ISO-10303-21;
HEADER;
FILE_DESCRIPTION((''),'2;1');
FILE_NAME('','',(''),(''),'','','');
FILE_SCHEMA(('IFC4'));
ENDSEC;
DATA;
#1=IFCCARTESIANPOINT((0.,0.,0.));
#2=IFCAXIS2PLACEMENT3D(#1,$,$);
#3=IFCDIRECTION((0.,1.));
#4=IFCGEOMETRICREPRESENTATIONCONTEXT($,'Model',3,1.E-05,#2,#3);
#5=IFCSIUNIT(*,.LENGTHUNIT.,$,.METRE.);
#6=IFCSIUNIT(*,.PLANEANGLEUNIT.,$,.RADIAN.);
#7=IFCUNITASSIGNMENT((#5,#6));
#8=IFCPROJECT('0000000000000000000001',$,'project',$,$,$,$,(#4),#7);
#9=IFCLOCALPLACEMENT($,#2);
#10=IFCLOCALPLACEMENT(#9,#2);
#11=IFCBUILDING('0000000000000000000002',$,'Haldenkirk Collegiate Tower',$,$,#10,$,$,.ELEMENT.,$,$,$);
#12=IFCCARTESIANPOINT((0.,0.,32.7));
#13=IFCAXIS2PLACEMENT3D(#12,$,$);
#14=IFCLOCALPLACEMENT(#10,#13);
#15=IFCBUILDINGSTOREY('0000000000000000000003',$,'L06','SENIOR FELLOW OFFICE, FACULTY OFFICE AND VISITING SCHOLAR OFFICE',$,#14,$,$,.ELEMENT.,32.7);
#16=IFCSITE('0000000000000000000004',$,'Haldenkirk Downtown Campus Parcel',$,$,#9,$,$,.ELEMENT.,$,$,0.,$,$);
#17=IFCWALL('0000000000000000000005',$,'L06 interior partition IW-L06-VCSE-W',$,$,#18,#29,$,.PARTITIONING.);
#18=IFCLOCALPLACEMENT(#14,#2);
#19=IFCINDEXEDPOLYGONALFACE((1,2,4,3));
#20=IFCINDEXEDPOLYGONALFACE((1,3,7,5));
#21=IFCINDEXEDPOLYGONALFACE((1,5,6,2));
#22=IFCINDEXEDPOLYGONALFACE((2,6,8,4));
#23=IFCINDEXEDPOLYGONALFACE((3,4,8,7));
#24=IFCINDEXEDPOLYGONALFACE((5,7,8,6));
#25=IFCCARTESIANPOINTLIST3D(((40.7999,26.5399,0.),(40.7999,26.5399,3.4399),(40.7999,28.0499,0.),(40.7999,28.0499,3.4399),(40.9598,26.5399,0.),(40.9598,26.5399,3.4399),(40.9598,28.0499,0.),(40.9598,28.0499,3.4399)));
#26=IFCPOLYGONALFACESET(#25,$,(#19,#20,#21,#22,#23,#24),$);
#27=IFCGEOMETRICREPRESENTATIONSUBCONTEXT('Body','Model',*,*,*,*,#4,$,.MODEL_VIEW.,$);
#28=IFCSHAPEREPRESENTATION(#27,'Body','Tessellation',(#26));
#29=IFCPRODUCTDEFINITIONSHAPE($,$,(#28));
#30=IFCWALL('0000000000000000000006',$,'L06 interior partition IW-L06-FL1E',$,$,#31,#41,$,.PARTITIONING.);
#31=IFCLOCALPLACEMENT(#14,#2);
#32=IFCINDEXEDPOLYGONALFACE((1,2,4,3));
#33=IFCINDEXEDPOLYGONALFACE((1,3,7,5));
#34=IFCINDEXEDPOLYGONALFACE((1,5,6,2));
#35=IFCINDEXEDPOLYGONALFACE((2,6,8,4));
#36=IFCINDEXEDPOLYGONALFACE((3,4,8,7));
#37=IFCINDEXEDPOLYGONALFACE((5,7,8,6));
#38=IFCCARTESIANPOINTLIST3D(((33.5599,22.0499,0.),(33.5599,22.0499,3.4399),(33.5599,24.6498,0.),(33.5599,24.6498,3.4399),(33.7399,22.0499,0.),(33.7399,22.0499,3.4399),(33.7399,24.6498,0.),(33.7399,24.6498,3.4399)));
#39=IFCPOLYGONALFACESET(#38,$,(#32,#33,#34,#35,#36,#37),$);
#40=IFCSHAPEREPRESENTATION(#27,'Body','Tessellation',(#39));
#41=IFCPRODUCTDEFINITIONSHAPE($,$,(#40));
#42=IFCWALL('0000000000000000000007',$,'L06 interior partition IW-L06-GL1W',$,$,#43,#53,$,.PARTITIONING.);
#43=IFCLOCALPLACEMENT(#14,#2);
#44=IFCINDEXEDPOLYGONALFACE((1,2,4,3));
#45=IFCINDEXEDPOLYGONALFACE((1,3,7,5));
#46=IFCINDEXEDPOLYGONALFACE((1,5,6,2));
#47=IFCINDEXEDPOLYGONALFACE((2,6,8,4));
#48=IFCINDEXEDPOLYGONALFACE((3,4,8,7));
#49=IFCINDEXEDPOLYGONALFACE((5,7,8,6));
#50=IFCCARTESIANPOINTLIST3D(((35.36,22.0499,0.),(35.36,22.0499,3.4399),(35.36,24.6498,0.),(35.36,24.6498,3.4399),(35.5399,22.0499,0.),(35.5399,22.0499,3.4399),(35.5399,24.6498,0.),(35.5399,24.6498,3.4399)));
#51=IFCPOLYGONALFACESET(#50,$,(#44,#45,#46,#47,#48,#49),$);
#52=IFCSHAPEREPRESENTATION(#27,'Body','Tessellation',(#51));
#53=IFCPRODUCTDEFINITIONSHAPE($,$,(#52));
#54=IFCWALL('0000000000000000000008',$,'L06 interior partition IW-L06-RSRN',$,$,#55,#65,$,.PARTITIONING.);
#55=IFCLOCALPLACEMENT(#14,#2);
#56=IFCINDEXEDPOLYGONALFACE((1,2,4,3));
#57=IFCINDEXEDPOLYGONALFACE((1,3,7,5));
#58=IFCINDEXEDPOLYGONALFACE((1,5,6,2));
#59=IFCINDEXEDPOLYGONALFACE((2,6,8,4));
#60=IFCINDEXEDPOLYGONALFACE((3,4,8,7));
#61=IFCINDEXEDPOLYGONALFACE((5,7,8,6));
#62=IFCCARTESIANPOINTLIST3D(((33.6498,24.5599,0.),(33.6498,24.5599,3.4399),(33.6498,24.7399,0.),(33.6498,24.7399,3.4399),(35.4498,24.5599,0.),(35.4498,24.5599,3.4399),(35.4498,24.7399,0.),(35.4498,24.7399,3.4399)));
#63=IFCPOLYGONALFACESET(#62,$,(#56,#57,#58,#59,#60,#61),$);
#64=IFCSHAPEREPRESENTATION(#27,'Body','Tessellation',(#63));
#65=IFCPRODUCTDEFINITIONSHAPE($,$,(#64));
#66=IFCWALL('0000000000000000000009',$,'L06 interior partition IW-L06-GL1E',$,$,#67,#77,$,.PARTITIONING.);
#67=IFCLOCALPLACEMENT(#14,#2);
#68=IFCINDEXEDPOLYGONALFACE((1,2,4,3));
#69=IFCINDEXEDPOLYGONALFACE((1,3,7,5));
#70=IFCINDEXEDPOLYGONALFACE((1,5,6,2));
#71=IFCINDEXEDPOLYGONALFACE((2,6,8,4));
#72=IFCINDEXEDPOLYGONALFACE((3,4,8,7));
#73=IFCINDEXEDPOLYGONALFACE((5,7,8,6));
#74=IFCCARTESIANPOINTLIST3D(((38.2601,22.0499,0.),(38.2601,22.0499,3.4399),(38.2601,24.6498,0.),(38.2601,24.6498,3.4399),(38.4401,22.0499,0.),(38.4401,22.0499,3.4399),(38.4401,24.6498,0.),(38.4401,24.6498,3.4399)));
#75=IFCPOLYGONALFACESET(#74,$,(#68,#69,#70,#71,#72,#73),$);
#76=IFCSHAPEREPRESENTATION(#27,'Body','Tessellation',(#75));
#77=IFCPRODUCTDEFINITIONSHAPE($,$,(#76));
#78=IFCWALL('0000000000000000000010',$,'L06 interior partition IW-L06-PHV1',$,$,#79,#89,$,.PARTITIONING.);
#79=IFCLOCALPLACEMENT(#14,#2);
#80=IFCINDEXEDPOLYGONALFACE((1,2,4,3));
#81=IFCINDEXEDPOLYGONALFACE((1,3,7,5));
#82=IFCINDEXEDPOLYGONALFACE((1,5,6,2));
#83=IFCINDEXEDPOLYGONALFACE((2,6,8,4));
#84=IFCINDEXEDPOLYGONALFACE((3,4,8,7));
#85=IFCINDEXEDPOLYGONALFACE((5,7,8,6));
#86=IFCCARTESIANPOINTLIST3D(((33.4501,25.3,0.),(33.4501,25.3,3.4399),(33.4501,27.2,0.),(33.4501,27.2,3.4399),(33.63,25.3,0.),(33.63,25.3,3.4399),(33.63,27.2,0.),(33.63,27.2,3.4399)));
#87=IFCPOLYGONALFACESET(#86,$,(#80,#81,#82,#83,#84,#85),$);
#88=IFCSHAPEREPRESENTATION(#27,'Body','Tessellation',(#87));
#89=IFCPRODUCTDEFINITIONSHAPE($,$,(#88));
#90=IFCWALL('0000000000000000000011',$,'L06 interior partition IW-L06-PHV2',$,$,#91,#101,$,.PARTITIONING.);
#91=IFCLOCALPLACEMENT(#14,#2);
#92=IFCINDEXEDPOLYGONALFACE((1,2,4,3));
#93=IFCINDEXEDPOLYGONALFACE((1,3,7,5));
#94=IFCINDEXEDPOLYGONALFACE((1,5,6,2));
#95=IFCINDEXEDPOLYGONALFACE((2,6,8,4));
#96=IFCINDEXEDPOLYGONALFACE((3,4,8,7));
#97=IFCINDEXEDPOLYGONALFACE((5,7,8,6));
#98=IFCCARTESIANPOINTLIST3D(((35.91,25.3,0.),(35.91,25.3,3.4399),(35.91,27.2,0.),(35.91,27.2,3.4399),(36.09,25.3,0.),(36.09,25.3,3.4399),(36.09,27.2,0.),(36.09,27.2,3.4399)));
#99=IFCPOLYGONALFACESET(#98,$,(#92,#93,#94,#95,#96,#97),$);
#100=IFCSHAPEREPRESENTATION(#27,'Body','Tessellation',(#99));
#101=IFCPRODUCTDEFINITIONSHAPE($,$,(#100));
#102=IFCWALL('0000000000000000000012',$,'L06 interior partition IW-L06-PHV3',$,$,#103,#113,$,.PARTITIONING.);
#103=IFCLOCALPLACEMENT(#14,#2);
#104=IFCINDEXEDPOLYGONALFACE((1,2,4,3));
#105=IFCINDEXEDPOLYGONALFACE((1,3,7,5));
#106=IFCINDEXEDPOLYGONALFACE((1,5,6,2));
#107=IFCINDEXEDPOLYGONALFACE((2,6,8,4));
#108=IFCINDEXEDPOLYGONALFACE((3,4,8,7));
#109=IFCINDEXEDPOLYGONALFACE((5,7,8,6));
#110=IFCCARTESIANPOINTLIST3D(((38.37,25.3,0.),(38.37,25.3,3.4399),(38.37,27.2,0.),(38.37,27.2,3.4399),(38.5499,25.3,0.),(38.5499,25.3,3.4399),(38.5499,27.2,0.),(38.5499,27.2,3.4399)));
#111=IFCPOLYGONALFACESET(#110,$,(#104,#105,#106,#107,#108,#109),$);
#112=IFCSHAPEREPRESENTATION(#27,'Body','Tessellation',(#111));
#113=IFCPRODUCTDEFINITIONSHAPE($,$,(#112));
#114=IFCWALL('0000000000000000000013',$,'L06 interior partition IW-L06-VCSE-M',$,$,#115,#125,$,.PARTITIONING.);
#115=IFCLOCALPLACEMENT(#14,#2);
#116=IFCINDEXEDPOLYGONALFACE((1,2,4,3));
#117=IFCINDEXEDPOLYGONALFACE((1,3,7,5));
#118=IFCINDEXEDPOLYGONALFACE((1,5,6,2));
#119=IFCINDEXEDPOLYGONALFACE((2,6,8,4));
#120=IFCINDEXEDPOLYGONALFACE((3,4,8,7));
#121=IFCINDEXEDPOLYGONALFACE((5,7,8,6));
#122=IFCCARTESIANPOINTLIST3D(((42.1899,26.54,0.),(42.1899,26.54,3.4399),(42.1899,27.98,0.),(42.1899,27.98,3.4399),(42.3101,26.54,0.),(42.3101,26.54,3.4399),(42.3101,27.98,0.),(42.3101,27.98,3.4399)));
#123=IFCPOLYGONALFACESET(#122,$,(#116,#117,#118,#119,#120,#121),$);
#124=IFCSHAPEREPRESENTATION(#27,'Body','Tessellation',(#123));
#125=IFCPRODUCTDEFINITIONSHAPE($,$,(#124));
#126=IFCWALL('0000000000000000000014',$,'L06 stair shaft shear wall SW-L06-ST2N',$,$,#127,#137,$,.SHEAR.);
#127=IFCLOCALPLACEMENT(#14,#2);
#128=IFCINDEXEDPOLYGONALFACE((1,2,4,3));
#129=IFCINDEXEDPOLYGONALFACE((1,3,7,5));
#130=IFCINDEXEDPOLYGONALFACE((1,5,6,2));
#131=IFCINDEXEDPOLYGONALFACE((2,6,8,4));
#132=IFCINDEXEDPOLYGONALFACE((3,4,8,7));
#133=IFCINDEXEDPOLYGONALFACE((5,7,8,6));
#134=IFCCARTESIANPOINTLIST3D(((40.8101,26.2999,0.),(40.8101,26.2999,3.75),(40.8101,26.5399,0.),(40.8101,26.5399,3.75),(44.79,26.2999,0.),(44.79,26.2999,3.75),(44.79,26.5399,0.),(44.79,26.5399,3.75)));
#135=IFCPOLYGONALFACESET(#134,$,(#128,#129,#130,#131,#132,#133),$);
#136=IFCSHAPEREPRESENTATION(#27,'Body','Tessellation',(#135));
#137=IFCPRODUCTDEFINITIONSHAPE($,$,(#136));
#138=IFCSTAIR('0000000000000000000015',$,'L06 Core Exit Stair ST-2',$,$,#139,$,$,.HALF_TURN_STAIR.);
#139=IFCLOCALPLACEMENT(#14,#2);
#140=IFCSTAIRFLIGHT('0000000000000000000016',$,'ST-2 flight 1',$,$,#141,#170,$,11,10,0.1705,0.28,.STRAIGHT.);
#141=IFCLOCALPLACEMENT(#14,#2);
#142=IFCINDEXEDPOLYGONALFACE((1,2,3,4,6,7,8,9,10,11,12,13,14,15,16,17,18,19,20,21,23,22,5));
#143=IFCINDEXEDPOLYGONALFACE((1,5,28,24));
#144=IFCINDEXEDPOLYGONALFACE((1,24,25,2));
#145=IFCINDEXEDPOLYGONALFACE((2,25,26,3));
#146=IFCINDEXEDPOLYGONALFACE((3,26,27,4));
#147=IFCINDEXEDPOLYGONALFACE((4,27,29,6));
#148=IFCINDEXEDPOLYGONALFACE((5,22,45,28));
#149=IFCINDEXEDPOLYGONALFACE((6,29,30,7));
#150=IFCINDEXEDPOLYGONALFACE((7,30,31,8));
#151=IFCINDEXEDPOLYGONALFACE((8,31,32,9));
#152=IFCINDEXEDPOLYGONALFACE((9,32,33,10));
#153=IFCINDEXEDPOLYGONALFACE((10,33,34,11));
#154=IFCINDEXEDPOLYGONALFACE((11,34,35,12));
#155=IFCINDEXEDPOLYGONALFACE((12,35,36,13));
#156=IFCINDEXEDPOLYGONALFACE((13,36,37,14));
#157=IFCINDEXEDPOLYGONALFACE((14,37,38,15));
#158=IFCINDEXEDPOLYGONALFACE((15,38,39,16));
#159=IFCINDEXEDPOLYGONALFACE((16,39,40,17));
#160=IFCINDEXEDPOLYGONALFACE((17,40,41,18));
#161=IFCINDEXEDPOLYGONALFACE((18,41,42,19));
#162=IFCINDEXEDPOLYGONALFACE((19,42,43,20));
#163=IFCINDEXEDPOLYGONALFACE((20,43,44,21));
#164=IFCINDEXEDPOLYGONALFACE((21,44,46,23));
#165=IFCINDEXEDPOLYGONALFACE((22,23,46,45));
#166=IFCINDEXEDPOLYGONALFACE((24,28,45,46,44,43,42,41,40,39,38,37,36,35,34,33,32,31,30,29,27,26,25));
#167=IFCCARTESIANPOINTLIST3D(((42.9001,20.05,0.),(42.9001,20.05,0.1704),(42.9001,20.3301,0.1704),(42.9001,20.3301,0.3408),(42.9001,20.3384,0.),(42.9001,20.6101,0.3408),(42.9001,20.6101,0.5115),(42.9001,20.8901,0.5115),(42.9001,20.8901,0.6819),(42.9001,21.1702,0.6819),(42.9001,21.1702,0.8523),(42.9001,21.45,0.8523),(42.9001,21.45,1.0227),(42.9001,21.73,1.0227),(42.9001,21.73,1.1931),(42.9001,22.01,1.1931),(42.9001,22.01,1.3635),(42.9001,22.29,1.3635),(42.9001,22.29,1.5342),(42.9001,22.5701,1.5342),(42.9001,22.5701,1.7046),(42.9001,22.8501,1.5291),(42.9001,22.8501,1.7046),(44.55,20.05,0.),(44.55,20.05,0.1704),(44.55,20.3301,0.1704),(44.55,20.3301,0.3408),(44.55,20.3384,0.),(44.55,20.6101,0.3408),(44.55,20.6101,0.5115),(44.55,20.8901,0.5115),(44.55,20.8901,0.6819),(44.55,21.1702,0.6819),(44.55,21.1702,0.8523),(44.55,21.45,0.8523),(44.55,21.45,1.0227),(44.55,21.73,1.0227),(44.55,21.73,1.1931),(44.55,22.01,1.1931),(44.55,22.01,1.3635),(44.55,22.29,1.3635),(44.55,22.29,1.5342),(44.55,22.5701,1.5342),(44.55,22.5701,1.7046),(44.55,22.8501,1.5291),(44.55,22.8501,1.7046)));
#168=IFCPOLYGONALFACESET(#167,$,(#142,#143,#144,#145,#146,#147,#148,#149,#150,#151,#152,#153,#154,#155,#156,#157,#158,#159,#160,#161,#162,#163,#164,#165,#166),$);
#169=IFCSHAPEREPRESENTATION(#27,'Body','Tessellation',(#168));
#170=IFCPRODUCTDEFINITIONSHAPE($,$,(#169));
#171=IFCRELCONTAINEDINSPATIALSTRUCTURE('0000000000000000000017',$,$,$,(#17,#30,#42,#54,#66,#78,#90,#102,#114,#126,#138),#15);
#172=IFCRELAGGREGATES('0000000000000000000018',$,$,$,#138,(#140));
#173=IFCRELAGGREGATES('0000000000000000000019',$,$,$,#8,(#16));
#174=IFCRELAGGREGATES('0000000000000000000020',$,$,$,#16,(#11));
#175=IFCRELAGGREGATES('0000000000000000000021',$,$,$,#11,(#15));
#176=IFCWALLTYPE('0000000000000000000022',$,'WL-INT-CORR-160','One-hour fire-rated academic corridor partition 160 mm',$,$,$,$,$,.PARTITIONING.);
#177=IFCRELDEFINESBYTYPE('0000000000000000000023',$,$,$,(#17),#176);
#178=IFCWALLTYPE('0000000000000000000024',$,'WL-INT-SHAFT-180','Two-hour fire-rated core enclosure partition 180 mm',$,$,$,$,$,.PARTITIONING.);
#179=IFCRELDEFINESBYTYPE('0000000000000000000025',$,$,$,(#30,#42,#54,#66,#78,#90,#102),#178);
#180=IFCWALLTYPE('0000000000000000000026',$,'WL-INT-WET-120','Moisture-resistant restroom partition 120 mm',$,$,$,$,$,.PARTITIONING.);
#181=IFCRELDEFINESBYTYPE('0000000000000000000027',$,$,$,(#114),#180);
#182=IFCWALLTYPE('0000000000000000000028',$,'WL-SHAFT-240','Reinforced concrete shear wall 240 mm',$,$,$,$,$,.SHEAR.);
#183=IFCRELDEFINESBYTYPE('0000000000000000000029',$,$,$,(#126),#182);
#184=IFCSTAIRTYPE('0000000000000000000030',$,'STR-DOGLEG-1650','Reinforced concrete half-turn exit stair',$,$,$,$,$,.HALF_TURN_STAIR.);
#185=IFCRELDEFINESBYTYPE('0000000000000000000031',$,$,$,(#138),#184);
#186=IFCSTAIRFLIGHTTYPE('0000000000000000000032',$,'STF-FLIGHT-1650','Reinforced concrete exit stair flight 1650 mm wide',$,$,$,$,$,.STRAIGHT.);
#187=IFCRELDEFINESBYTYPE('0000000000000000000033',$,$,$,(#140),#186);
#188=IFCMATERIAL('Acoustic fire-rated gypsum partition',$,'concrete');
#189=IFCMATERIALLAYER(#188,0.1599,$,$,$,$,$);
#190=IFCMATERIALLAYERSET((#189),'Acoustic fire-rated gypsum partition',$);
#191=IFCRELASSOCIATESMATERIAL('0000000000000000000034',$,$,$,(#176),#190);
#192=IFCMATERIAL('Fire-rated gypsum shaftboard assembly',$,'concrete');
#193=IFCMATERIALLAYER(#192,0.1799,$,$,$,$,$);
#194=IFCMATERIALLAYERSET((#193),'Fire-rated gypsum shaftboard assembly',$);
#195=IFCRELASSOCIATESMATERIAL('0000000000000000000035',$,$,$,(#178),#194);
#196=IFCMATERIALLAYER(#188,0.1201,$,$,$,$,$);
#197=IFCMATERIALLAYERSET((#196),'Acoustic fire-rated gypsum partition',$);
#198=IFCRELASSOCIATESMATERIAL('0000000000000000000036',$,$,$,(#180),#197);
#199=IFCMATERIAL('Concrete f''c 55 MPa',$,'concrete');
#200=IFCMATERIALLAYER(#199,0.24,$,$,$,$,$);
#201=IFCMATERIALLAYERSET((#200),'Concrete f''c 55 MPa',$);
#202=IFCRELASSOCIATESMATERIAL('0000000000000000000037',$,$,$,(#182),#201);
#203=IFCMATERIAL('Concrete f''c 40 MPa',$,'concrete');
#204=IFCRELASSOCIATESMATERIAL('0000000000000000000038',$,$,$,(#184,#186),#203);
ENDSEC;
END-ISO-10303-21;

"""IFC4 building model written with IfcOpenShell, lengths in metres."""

from ifc_helpers import new_model, si_unit, direction, frame, frame_2d, origin, place, context, subcontext, project, spatial, polyline, rectangle, outline, extrude, material, layer, layer_set, type_object, element, aggregate, save


model = new_model("IFC4")

# Units and contexts
model_context = context("Model", 3, precision=1e-05, world=origin(), true_north=direction((0.0, 1.0)))
body_context = subcontext(model_context, "Body", "Model", "MODEL_VIEW")
ifc_project = project(units=[si_unit("LENGTHUNIT", "METRE"), si_unit("PLANEANGLEUNIT", "RADIAN")], contexts=[model_context])

# Site, building, storey
site_placement = place(None, origin())
site = spatial("IfcSite", under=ifc_project, at=site_placement, Name="Haldenkirk Downtown Campus Parcel", CompositionType="ELEMENT", RefElevation=0.0)
building_placement = place(site_placement, origin())
building = spatial("IfcBuilding", under=site, at=building_placement, Name="Haldenkirk Collegiate Tower", CompositionType="ELEMENT")
storey_placement = place(building_placement, frame((0.0, 0.0, 32.7)))
storey = spatial("IfcBuildingStorey", under=building, at=storey_placement, Name="L06", Description="SENIOR FELLOW OFFICE, FACULTY OFFICE AND VISITING SCHOLAR OFFICE", CompositionType="ELEMENT", Elevation=32.7)

# Walls
ifc_material_1 = material(Name="Acoustic fire-rated gypsum partition", Category="concrete")
ifc_layer_1 = layer(ifc_material_1, 0.1599)
ifc_layer_set_1 = layer_set([ifc_layer_1], Name="Acoustic fire-rated gypsum partition")
wall_type_1 = type_object("IfcWallType", Name="WL-INT-CORR-160", Description="One-hour fire-rated academic corridor partition 160 mm", PredefinedType="PARTITIONING", material=ifc_layer_set_1)
wall_1_placement = place(storey_placement, frame((40.8799, 26.54, 0.0), z_axis=(0.0, 0.0, 1.0), x_axis=(0.0, 1.0, 0.0)))
element("IfcWall", 1, at=wall_1_placement, inside=storey, type_object=wall_type_1, Name="L06 interior partition IW-L06-VCSE-W", PredefinedType="PARTITIONING", context=body_context, shape_type="SweptSolid", body=[
    extrude(rectangle(XDim=1.51, YDim=0.1599, at=frame_2d((0.7549, 0.0))), origin(), (0.0, 0.0, 1.0), 3.4399),
])
ifc_material_2 = material(Name="Fire-rated gypsum shaftboard assembly", Category="concrete")
ifc_layer_2 = layer(ifc_material_2, 0.1799)
ifc_layer_set_2 = layer_set([ifc_layer_2], Name="Fire-rated gypsum shaftboard assembly")
wall_type_2 = type_object("IfcWallType", Name="WL-INT-SHAFT-180", Description="Two-hour fire-rated core enclosure partition 180 mm", PredefinedType="PARTITIONING", material=ifc_layer_set_2)
for number, where, z_axis, x_axis, name in (
    (2, (33.6499, 22.05, 0.0), (0.0, 0.0, 1.0), (0.0, 1.0, 0.0), "L06 interior partition IW-L06-FL1E"),
    (3, (35.45, 22.05, 0.0), (0.0, 0.0, 1.0), (0.0, 1.0, 0.0), "L06 interior partition IW-L06-GL1W"),
):
    element("IfcWall", number, at=place(storey_placement, frame(where, z_axis=z_axis, x_axis=x_axis)), inside=storey, type_object=wall_type_2, Name=name, PredefinedType="PARTITIONING", context=body_context, shape_type="SweptSolid", body=[
        extrude(rectangle(XDim=2.5999, YDim=0.1799, at=frame_2d((1.2998, 0.0))), origin(), (0.0, 0.0, 1.0), 3.4399),
    ])
wall_2_placement = place(storey_placement, frame((33.6499, 24.6499, 0.0), z_axis=(0.0, 0.0, 1.0), x_axis=(1.0, 0.0, 0.0)))
element("IfcWall", 4, at=wall_2_placement, inside=storey, type_object=wall_type_2, Name="L06 interior partition IW-L06-RSRN", PredefinedType="PARTITIONING", context=body_context, shape_type="SweptSolid", body=[
    extrude(rectangle(XDim=1.8, YDim=0.1799, at=frame_2d((0.8999, 0.0))), origin(), (0.0, 0.0, 1.0), 3.4399),
])
wall_3_placement = place(storey_placement, frame((38.3501, 22.05, 0.0), z_axis=(0.0, 0.0, 1.0), x_axis=(0.0, 1.0, 0.0)))
element("IfcWall", 5, at=wall_3_placement, inside=storey, type_object=wall_type_2, Name="L06 interior partition IW-L06-GL1E", PredefinedType="PARTITIONING", context=body_context, shape_type="SweptSolid", body=[
    extrude(rectangle(XDim=2.5999, YDim=0.1799, at=frame_2d((1.2998, 0.0))), origin(), (0.0, 0.0, 1.0), 3.4399),
])
for number, where, z_axis, x_axis, name in (
    (6, (33.54, 25.3, 0.0), (0.0, 0.0, 1.0), (0.0, 1.0, 0.0), "L06 interior partition IW-L06-PHV1"),
    (7, (36.0, 25.3, 0.0), (0.0, 0.0, 1.0), (0.0, 1.0, 0.0), "L06 interior partition IW-L06-PHV2"),
    (8, (38.46, 25.3, 0.0), (0.0, 0.0, 1.0), (0.0, 1.0, 0.0), "L06 interior partition IW-L06-PHV3"),
):
    element("IfcWall", number, at=place(storey_placement, frame(where, z_axis=z_axis, x_axis=x_axis)), inside=storey, type_object=wall_type_2, Name=name, PredefinedType="PARTITIONING", context=body_context, shape_type="SweptSolid", body=[
        extrude(rectangle(XDim=1.8999, YDim=0.1799, at=frame_2d((0.95, 0.0))), origin(), (0.0, 0.0, 1.0), 3.4399),
    ])

# Walls
ifc_layer_3 = layer(ifc_material_1, 0.1201)
ifc_layer_set_3 = layer_set([ifc_layer_3], Name="Acoustic fire-rated gypsum partition")
wall_type_3 = type_object("IfcWallType", Name="WL-INT-WET-120", Description="Moisture-resistant restroom partition 120 mm", PredefinedType="PARTITIONING", material=ifc_layer_set_3)
wall_4_placement = place(storey_placement, frame((42.25, 26.54, 0.0), z_axis=(0.0, 0.0, 1.0), x_axis=(0.0, 1.0, 0.0)))
element("IfcWall", 9, at=wall_4_placement, inside=storey, type_object=wall_type_3, Name="L06 interior partition IW-L06-VCSE-M", PredefinedType="PARTITIONING", context=body_context, shape_type="SweptSolid", body=[
    extrude(rectangle(XDim=1.4399, YDim=0.1201, at=frame_2d((0.72, 0.0))), origin(), (0.0, 0.0, 1.0), 3.4399),
])
ifc_material_3 = material(Name="Concrete f'c 55 MPa", Category="concrete")
ifc_layer_4 = layer(ifc_material_3, 0.24)
ifc_layer_set_4 = layer_set([ifc_layer_4], Name="Concrete f'c 55 MPa")
wall_type_4 = type_object("IfcWallType", Name="WL-SHAFT-240", Description="Reinforced concrete shear wall 240 mm", PredefinedType="SHEAR", material=ifc_layer_set_4)
wall_5_placement = place(storey_placement, frame((40.8101, 26.4199, 0.0), z_axis=(0.0, 0.0, 1.0), x_axis=(1.0, 0.0, 0.0)))
element("IfcWall", 10, at=wall_5_placement, inside=storey, type_object=wall_type_4, Name="L06 stair shaft shear wall SW-L06-ST2N", PredefinedType="SHEAR", context=body_context, shape_type="SweptSolid", body=[
    extrude(rectangle(XDim=3.98, YDim=0.24, at=frame_2d((1.99, 0.0))), origin(), (0.0, 0.0, 1.0), 3.75),
])

# Stair, stair flight
ifc_material_4 = material(Name="Concrete f'c 40 MPa", Category="concrete")
stair_type = type_object("IfcStairType", Name="STR-DOGLEG-1650", Description="Reinforced concrete half-turn exit stair", PredefinedType="HALF_TURN_STAIR", material=ifc_material_4)
stair_placement = place(storey_placement, origin())
stair = element("IfcStair", 11, at=stair_placement, inside=storey, type_object=stair_type, Name="L06 Core Exit Stair ST-2", PredefinedType="HALF_TURN_STAIR")
stair_flight_type = type_object("IfcStairFlightType", Name="STF-FLIGHT-1650", Description="Reinforced concrete exit stair flight 1650 mm wide", PredefinedType="STRAIGHT", material=ifc_material_4)
stair_flight_1_placement = place(storey_placement, frame((43.7251, 20.05, 0.0), z_axis=(0.0, 0.0, 1.0), x_axis=(0.0, 1.0, 0.0)))
stair_flight_1 = element("IfcStairFlight", 12, at=stair_flight_1_placement, type_object=stair_flight_type, Name="ST-2 flight 1", NumberOfRisers=11, NumberOfTreads=10, PredefinedType="STRAIGHT", RiserHeight=0.1705, TreadLength=0.28, context=body_context, shape_type="SweptSolid", body=[
    extrude(outline(polyline([(0.0, 0.0), (0.0, 0.1704), (0.28, 0.1704), (0.28, 0.3408), (0.5601, 0.3408), (0.5601, 0.5115), (0.8401, 0.5115), (0.8401, 0.6819), (1.1201, 0.6819), (1.1201, 0.8523), (1.3999, 0.8523), (1.3999, 1.0227), (1.6799, 1.0227), (1.6799, 1.1931), (1.96, 1.1931), (1.96, 1.3635), (2.24, 1.3635), (2.24, 1.5342), (2.52, 1.5342), (2.52, 1.7046), (2.8, 1.7046), (2.8, 1.875), (2.8, 1.5291), (0.2883, 0.0), (0.0, 0.0)])), frame((0.0, 0.825, 0.0), z_axis=(0.0, -1.0, 0.0), x_axis=(1.0, 0.0, 0.0)), (0.0, 0.0, 1.0), 1.6499),
])
aggregate(stair, [stair_flight_1])

save(model, "model.ifc")
